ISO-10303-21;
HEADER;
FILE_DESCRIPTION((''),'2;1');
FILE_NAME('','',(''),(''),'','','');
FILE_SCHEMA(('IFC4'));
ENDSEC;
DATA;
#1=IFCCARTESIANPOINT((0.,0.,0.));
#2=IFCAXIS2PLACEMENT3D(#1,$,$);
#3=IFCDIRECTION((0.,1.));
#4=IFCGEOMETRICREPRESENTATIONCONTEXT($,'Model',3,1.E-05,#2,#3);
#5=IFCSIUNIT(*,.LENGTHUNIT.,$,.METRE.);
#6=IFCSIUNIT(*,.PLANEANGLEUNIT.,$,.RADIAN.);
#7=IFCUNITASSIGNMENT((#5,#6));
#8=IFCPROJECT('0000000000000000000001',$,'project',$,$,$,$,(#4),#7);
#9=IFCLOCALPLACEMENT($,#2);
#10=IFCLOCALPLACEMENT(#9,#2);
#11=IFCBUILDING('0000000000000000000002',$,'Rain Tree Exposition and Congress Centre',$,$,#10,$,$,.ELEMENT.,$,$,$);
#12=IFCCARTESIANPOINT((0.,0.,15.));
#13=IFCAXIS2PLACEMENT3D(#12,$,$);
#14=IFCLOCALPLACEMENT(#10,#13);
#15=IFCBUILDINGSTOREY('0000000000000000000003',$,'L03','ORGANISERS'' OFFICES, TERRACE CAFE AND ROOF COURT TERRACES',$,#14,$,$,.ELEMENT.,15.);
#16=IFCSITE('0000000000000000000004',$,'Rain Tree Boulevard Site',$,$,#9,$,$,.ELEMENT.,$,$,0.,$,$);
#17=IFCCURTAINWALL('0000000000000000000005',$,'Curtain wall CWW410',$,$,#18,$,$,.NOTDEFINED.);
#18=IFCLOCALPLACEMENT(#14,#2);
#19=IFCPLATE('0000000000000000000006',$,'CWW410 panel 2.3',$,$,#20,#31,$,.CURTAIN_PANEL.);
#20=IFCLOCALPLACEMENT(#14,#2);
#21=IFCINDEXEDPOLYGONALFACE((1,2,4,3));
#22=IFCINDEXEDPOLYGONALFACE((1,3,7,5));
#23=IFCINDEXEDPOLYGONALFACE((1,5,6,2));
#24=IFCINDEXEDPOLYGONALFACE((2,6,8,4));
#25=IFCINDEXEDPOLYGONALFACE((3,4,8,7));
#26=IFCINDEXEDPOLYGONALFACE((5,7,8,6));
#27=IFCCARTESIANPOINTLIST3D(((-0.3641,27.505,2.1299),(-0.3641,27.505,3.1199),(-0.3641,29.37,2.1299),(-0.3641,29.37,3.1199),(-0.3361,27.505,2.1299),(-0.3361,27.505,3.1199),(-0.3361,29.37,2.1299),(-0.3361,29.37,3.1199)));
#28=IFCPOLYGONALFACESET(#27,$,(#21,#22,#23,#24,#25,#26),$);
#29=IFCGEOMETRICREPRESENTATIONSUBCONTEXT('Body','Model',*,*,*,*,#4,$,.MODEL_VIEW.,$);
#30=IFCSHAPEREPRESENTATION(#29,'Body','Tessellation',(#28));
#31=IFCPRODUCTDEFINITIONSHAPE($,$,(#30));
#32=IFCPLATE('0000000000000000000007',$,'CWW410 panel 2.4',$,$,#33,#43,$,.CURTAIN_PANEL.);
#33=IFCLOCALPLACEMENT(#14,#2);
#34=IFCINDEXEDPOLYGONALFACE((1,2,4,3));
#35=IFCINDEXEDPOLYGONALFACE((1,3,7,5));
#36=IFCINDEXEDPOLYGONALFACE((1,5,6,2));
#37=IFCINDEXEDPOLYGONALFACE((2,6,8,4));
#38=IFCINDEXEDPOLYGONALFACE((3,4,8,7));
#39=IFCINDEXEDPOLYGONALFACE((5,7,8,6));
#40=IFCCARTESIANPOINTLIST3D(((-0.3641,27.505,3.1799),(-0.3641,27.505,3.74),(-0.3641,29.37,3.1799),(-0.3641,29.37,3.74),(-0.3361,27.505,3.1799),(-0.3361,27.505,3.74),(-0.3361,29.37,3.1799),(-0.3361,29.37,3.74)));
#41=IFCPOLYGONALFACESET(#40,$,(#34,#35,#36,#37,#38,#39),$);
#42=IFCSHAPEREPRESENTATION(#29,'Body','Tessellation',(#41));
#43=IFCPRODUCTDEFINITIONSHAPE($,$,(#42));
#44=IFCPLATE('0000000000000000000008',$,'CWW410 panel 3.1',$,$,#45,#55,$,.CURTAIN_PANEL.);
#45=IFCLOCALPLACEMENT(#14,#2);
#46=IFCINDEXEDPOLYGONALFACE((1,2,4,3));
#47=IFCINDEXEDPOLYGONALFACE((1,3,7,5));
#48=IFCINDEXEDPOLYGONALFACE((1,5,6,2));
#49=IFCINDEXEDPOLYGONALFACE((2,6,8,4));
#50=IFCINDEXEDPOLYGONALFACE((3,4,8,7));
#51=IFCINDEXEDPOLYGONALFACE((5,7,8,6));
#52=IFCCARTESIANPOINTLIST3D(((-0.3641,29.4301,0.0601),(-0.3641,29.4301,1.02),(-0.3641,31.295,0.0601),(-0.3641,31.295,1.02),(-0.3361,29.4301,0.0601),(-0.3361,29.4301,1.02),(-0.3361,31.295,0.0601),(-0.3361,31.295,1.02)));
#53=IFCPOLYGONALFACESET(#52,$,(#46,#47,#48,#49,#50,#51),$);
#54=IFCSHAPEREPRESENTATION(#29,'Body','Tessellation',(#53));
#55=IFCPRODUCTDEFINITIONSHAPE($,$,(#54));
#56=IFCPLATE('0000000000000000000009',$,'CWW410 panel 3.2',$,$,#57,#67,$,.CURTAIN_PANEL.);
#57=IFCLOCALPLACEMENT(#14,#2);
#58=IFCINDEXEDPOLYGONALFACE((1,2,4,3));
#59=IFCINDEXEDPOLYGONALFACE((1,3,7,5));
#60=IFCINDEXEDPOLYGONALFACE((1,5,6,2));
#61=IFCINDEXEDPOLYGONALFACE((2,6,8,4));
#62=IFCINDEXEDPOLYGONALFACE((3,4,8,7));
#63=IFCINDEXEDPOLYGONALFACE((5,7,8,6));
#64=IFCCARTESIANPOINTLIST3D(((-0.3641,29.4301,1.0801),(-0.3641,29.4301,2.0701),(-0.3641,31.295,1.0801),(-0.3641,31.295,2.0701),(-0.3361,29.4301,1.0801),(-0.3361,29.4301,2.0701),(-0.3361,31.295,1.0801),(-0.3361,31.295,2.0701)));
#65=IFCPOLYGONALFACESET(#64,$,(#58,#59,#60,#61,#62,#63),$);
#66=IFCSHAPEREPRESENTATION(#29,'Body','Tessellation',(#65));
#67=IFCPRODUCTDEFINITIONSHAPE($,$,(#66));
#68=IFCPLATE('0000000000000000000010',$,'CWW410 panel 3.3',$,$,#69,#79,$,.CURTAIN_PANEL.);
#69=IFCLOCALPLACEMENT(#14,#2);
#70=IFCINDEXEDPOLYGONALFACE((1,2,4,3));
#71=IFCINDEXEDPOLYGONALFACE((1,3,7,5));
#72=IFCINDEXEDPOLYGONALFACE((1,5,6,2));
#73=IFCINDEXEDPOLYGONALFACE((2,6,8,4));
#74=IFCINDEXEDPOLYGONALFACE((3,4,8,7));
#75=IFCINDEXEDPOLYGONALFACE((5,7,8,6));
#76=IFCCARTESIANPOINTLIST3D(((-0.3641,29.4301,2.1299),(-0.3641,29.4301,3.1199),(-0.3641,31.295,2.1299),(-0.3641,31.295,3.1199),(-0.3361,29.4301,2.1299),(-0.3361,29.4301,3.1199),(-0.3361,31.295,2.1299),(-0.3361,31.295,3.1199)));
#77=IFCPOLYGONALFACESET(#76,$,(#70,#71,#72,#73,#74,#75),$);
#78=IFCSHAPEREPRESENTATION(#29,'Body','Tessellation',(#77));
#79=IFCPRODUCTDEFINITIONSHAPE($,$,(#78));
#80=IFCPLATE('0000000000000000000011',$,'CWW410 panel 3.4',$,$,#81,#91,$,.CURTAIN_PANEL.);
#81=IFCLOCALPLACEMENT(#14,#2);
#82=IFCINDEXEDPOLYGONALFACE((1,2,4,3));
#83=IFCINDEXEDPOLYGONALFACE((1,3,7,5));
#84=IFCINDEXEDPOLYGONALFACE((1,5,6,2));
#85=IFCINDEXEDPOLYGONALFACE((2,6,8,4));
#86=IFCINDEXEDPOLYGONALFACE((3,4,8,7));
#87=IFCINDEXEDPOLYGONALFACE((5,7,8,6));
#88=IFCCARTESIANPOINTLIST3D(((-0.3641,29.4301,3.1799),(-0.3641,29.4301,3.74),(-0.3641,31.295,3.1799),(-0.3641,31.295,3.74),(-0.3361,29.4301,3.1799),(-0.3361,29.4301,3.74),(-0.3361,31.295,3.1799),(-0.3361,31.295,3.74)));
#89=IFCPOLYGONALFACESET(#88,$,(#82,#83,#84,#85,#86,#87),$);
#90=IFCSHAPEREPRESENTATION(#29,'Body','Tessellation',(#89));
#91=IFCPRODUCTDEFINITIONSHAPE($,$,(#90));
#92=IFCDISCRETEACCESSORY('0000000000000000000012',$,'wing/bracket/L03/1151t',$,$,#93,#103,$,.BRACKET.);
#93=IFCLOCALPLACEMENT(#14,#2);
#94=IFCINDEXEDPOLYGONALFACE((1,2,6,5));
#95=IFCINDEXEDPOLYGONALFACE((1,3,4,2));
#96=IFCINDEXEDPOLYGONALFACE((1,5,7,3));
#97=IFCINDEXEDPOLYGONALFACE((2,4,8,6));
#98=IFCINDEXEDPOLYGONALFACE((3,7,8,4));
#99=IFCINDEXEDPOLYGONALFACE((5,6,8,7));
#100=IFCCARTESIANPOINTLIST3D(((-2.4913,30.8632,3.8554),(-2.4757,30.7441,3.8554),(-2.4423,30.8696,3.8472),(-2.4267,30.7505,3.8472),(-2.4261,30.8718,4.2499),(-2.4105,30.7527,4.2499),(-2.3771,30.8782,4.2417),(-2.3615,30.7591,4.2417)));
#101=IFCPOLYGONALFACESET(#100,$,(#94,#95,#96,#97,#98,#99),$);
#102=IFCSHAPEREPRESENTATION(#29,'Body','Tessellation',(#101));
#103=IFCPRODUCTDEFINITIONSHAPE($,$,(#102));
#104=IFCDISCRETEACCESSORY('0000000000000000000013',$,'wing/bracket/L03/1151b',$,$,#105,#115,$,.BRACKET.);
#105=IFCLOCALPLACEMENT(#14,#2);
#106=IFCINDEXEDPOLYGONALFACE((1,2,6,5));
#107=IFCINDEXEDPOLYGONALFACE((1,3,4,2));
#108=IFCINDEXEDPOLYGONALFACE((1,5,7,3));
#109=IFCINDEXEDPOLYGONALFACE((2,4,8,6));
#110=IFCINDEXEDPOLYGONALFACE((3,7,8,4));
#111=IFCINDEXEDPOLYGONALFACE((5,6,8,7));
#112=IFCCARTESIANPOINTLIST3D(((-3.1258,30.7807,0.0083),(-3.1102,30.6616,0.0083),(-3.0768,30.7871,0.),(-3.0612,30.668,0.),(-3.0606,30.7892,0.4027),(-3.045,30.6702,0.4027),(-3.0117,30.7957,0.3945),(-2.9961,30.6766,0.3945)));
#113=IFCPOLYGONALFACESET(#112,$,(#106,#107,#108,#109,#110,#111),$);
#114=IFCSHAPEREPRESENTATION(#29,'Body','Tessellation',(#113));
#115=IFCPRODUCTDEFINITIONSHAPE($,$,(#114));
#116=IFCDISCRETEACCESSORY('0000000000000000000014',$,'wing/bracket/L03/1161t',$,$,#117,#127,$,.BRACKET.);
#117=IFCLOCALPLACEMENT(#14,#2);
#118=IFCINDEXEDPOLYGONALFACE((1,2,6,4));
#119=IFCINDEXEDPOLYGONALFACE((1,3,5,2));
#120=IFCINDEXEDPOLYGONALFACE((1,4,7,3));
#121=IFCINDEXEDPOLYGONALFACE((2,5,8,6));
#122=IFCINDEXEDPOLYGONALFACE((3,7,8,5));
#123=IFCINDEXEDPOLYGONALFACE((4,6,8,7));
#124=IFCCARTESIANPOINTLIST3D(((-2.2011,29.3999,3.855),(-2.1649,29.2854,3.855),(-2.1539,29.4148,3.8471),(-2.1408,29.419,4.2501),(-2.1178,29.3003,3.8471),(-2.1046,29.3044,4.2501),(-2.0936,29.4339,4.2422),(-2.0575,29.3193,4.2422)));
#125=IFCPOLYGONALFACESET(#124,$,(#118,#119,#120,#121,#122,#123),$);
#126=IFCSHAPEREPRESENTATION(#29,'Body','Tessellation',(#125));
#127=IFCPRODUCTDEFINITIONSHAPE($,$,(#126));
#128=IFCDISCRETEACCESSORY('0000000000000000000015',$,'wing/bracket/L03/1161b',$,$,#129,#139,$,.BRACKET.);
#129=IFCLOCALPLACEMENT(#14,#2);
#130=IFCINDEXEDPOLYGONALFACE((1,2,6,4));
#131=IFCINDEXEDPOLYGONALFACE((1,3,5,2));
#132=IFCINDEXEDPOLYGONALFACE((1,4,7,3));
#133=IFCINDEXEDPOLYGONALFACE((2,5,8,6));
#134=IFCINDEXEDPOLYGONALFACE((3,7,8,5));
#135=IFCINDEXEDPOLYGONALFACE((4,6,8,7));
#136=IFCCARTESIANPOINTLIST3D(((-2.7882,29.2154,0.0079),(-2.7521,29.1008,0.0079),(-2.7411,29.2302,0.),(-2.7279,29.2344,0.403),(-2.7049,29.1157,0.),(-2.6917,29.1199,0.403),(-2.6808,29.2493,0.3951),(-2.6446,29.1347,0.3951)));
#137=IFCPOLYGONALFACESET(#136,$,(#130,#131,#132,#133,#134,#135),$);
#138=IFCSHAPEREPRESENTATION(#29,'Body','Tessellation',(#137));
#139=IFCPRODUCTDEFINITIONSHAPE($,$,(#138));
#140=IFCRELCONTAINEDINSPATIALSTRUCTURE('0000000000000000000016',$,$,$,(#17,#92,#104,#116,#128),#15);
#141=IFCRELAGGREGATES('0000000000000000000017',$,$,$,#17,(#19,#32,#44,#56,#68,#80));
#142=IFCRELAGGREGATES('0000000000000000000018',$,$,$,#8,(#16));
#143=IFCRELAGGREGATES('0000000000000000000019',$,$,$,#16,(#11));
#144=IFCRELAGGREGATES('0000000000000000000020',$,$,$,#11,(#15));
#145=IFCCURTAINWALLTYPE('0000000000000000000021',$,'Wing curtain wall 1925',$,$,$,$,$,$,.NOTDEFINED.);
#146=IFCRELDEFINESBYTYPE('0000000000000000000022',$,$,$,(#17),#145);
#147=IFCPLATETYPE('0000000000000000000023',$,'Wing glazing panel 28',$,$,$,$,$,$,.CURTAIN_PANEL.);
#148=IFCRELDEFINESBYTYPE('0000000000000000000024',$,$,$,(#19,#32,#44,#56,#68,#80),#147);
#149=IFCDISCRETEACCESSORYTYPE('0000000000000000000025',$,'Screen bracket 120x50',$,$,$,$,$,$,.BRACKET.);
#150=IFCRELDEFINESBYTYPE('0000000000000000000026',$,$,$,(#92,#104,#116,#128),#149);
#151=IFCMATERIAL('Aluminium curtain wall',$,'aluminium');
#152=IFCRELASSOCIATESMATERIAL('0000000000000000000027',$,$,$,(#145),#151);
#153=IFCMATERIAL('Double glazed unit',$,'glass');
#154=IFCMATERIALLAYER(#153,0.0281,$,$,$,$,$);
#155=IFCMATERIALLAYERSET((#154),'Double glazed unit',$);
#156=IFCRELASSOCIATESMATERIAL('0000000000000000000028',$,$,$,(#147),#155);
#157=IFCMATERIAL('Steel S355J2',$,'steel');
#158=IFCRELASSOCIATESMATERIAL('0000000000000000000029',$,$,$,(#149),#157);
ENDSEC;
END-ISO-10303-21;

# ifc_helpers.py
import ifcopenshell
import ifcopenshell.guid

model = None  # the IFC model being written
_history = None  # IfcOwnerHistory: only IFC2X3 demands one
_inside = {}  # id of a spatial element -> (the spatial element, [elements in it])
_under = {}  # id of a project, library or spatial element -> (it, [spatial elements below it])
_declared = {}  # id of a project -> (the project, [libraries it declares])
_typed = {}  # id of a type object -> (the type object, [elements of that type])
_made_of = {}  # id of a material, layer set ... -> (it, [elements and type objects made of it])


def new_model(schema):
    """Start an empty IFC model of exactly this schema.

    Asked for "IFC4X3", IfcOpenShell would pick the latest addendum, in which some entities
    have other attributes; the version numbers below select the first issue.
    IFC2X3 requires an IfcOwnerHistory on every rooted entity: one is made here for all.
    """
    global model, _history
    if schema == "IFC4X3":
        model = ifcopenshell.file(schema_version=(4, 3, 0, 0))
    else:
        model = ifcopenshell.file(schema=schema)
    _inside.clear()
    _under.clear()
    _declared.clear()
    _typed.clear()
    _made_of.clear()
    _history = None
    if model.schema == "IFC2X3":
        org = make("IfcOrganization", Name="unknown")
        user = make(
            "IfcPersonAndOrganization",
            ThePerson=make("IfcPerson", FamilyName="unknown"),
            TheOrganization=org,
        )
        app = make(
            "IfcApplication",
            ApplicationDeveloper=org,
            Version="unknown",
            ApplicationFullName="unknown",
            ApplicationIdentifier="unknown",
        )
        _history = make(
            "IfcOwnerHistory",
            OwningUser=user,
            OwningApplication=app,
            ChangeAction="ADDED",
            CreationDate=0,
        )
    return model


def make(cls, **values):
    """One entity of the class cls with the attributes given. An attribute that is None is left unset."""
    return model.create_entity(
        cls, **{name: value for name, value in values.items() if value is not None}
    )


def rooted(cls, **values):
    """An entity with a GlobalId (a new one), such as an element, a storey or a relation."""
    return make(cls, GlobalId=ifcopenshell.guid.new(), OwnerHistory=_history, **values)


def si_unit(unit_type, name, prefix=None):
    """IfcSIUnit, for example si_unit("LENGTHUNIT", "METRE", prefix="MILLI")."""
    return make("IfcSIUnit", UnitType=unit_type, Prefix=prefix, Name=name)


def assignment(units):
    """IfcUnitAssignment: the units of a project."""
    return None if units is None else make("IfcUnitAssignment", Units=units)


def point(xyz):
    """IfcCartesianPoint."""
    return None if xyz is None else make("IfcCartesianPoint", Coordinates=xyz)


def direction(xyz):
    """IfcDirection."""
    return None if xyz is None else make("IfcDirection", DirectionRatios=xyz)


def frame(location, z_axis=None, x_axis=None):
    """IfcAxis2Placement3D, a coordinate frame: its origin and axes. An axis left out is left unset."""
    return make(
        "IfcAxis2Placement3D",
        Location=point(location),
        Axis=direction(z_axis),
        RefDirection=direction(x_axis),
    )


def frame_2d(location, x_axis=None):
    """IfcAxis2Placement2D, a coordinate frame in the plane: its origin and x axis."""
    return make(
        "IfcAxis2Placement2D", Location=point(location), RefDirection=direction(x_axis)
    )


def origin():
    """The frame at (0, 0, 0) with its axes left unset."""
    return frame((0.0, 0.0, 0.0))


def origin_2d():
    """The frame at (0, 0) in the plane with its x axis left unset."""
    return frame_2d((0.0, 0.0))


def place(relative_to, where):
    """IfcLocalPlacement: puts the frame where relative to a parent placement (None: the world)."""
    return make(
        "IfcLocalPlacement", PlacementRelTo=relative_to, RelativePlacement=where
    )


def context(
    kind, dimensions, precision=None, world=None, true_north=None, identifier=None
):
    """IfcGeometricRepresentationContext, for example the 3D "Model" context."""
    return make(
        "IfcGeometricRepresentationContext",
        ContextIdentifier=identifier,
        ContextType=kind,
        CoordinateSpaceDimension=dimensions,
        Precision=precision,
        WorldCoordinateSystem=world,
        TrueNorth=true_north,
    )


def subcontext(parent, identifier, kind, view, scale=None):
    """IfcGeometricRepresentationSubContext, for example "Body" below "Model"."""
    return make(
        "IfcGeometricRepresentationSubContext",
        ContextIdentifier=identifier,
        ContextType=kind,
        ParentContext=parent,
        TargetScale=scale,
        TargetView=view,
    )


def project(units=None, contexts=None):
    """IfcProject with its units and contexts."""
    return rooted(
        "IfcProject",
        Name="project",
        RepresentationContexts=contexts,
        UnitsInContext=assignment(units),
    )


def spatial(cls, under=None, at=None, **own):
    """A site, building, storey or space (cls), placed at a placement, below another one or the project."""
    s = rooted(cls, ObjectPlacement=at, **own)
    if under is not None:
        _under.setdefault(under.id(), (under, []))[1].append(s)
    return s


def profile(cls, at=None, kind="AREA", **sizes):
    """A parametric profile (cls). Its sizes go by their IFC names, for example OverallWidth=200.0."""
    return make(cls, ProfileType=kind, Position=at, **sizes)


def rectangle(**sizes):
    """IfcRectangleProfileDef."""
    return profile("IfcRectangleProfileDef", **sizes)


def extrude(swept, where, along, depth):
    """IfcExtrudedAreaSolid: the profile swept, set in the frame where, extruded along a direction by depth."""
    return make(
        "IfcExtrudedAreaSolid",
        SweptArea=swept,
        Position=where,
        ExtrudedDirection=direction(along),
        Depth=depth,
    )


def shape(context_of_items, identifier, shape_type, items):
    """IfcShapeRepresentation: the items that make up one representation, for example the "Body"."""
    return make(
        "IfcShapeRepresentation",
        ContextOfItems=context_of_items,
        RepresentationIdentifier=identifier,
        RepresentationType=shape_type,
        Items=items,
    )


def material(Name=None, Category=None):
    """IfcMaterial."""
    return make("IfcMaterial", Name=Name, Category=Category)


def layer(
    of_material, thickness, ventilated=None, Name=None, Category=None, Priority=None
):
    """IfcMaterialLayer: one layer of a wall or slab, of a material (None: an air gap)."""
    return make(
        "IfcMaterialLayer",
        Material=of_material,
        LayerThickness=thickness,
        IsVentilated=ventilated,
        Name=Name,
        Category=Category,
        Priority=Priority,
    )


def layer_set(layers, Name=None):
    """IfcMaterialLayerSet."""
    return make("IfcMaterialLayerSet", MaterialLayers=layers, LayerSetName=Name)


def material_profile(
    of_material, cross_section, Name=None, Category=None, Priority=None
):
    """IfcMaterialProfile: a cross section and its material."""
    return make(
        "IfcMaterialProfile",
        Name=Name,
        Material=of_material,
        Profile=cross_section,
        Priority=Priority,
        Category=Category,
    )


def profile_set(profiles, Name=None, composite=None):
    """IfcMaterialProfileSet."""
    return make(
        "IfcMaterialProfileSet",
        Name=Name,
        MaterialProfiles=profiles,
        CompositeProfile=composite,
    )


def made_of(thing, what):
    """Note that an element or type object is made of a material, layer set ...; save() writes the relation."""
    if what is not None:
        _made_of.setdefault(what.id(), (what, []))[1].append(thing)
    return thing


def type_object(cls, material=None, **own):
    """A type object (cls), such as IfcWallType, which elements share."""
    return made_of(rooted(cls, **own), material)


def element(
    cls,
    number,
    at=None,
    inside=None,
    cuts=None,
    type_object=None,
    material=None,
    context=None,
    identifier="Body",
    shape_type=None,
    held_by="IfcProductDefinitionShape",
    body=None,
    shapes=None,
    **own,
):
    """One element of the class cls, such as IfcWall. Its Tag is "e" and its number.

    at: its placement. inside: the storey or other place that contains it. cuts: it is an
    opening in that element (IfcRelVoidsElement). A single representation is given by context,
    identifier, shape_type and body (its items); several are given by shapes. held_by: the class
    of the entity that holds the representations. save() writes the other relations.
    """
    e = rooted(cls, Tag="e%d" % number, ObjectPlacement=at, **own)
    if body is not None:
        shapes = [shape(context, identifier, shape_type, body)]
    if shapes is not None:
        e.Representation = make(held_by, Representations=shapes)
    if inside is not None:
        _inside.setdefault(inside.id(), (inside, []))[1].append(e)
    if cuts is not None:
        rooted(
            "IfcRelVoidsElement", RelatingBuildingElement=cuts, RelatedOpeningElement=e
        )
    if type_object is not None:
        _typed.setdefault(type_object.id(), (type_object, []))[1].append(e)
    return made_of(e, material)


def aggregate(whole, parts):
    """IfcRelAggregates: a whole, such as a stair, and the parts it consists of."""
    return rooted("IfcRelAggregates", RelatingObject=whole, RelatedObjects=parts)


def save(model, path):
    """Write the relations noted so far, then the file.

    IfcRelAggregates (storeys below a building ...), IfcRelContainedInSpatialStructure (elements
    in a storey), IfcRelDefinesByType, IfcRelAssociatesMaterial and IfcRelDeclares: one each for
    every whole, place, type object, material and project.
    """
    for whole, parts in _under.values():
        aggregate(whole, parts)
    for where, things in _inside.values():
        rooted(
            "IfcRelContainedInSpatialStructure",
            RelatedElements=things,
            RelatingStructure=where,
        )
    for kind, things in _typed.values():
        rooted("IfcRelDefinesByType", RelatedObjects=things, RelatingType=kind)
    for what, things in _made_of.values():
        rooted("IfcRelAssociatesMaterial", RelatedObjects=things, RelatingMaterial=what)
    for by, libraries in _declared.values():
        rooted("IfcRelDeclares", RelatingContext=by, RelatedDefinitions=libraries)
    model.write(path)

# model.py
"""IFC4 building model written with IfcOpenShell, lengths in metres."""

from ifc_helpers import new_model, si_unit, direction, frame, origin, origin_2d, place, context, subcontext, project, spatial, rectangle, extrude, material, layer, layer_set, material_profile, profile_set, type_object, element, aggregate, save


model = new_model("IFC4")

# Units and contexts
model_context = context("Model", 3, precision=1e-05, world=origin(), true_north=direction((0.0, 1.0)))
body_context = subcontext(model_context, "Body", "Model", "MODEL_VIEW")
ifc_project = project(units=[si_unit("LENGTHUNIT", "METRE"), si_unit("PLANEANGLEUNIT", "RADIAN")], contexts=[model_context])

# Site, building, storey
site_placement = place(None, origin())
site = spatial("IfcSite", under=ifc_project, at=site_placement, Name="Rain Tree Boulevard Site", CompositionType="ELEMENT", RefElevation=0.0)
building_placement = place(site_placement, origin())
building = spatial("IfcBuilding", under=site, at=building_placement, Name="Rain Tree Exposition and Congress Centre", CompositionType="ELEMENT")
storey_placement = place(building_placement, frame((0.0, 0.0, 15.0)))
storey = spatial("IfcBuildingStorey", under=building, at=storey_placement, Name="L03", Description="ORGANISERS' OFFICES, TERRACE CAFE AND ROOF COURT TERRACES", CompositionType="ELEMENT", Elevation=15.0)

# Curtain wall, plates
ifc_material_1 = material(Name="Aluminium curtain wall", Category="aluminium")
curtain_wall_type = type_object("IfcCurtainWallType", Name="Wing curtain wall 1925", PredefinedType="NOTDEFINED", material=ifc_material_1)
curtain_wall_placement = place(storey_placement, origin())
curtain_wall = element("IfcCurtainWall", 1, at=curtain_wall_placement, inside=storey, type_object=curtain_wall_type, Name="Curtain wall CWW410", PredefinedType="NOTDEFINED")
ifc_material_2 = material(Name="Double glazed unit", Category="glass")
ifc_layer_1 = layer(ifc_material_2, 0.0281)
ifc_layer_set_1 = layer_set([ifc_layer_1], Name="Double glazed unit")
plate_type = type_object("IfcPlateType", Name="Wing glazing panel 28", PredefinedType="CURTAIN_PANEL", material=ifc_layer_set_1)
plate_1_placement = place(storey_placement, frame((-0.3501, 28.4375, 2.1299), z_axis=(0.0, 0.0, 1.0), x_axis=(0.0, 1.0, 0.0)))
plate_1 = element("IfcPlate", 2, at=plate_1_placement, type_object=plate_type, Name="CWW410 panel 2.3", PredefinedType="CURTAIN_PANEL", context=body_context, shape_type="SweptSolid", body=[
    extrude(rectangle(XDim=1.865, YDim=0.0281, at=origin_2d()), origin(), (0.0, 0.0, 1.0), 0.99),
])
plate_2_placement = place(storey_placement, frame((-0.3501, 28.4375, 3.1799), z_axis=(0.0, 0.0, 1.0), x_axis=(0.0, 1.0, 0.0)))
plate_2 = element("IfcPlate", 3, at=plate_2_placement, type_object=plate_type, Name="CWW410 panel 2.4", PredefinedType="CURTAIN_PANEL", context=body_context, shape_type="SweptSolid", body=[
    extrude(rectangle(XDim=1.865, YDim=0.0281, at=origin_2d()), origin(), (0.0, 0.0, 1.0), 0.5601),
])
plate_3_placement = place(storey_placement, frame((-0.3501, 30.3625, 0.0601), z_axis=(0.0, 0.0, 1.0), x_axis=(0.0, 1.0, 0.0)))
plate_3 = element("IfcPlate", 4, at=plate_3_placement, type_object=plate_type, Name="CWW410 panel 3.1", PredefinedType="CURTAIN_PANEL", context=body_context, shape_type="SweptSolid", body=[
    extrude(rectangle(XDim=1.865, YDim=0.0281, at=origin_2d()), origin(), (0.0, 0.0, 1.0), 0.96),
])
plate_4_placement = place(storey_placement, frame((-0.3501, 30.3625, 1.0801), z_axis=(0.0, 0.0, 1.0), x_axis=(0.0, 1.0, 0.0)))
plate_4 = element("IfcPlate", 5, at=plate_4_placement, type_object=plate_type, Name="CWW410 panel 3.2", PredefinedType="CURTAIN_PANEL", context=body_context, shape_type="SweptSolid", body=[
    extrude(rectangle(XDim=1.865, YDim=0.0281, at=origin_2d()), origin(), (0.0, 0.0, 1.0), 0.99),
])
plate_5_placement = place(storey_placement, frame((-0.3501, 30.3625, 2.1299), z_axis=(0.0, 0.0, 1.0), x_axis=(0.0, 1.0, 0.0)))
plate_5 = element("IfcPlate", 6, at=plate_5_placement, type_object=plate_type, Name="CWW410 panel 3.3", PredefinedType="CURTAIN_PANEL", context=body_context, shape_type="SweptSolid", body=[
    extrude(rectangle(XDim=1.865, YDim=0.0281, at=origin_2d()), origin(), (0.0, 0.0, 1.0), 0.99),
])
plate_6_placement = place(storey_placement, frame((-0.3501, 30.3625, 3.1799), z_axis=(0.0, 0.0, 1.0), x_axis=(0.0, 1.0, 0.0)))
plate_6 = element("IfcPlate", 7, at=plate_6_placement, type_object=plate_type, Name="CWW410 panel 3.4", PredefinedType="CURTAIN_PANEL", context=body_context, shape_type="SweptSolid", body=[
    extrude(rectangle(XDim=1.865, YDim=0.0281, at=origin_2d()), origin(), (0.0, 0.0, 1.0), 0.5601),
])
aggregate(curtain_wall, [plate_1, plate_2, plate_3, plate_4, plate_5, plate_6])

# Discrete accessories
ifc_material_3 = material(Name="Steel S355J2", Category="steel")
ifc_material_profile_1 = material_profile(ifc_material_3, rectangle(XDim=0.1201, YDim=0.05, at=origin_2d()), Name="Flat bar 120x50")
ifc_profile_set_1 = profile_set([ifc_material_profile_1], Name="Steel S355J2")
discrete_accessory_type = type_object("IfcDiscreteAccessoryType", Name="Screen bracket 120x50", PredefinedType="BRACKET", material=ifc_profile_set_1)
for number, where, z_axis, x_axis, name in (
    (8, (-2.459, 30.8069, 3.8513), (0.162976, 0.021364, 0.986399), (-0.129974, 0.991517, 0.0), "wing/bracket/L03/1151t"),
    (9, (-3.0935, 30.7244, 0.0042), (0.162976, 0.021364, 0.986399), (-0.129974, 0.991517, 0.0), "wing/bracket/L03/1151b"),
):
    element("IfcDiscreteAccessory", number, at=place(storey_placement, frame(where, z_axis=z_axis, x_axis=x_axis)), inside=storey, type_object=discrete_accessory_type, Name=name, PredefinedType="BRACKET", context=body_context, shape_type="SweptSolid", body=[
        extrude(rectangle(XDim=0.1201, YDim=0.05, at=origin_2d()), origin(), (0.0, 0.0, 1.0), 0.3999),
    ])
for number, where, z_axis, x_axis, name in (
    (10, (-2.1594, 29.3501, 3.8511), (0.150738, 0.047602, 0.987427), (-0.301131, 0.953583, 0.0), "wing/bracket/L03/1161t"),
    (11, (-2.7466, 29.1655, 0.0039), (0.150738, 0.047602, 0.987427), (-0.301131, 0.953583, 0.0), "wing/bracket/L03/1161b"),
):
    element("IfcDiscreteAccessory", number, at=place(storey_placement, frame(where, z_axis=z_axis, x_axis=x_axis)), inside=storey, type_object=discrete_accessory_type, Name=name, PredefinedType="BRACKET", context=body_context, shape_type="SweptSolid", body=[
        extrude(rectangle(XDim=0.1201, YDim=0.05, at=origin_2d()), origin(), (0.0, 0.0, 1.0), 0.4001),
    ])

save(model, "model.ifc")
